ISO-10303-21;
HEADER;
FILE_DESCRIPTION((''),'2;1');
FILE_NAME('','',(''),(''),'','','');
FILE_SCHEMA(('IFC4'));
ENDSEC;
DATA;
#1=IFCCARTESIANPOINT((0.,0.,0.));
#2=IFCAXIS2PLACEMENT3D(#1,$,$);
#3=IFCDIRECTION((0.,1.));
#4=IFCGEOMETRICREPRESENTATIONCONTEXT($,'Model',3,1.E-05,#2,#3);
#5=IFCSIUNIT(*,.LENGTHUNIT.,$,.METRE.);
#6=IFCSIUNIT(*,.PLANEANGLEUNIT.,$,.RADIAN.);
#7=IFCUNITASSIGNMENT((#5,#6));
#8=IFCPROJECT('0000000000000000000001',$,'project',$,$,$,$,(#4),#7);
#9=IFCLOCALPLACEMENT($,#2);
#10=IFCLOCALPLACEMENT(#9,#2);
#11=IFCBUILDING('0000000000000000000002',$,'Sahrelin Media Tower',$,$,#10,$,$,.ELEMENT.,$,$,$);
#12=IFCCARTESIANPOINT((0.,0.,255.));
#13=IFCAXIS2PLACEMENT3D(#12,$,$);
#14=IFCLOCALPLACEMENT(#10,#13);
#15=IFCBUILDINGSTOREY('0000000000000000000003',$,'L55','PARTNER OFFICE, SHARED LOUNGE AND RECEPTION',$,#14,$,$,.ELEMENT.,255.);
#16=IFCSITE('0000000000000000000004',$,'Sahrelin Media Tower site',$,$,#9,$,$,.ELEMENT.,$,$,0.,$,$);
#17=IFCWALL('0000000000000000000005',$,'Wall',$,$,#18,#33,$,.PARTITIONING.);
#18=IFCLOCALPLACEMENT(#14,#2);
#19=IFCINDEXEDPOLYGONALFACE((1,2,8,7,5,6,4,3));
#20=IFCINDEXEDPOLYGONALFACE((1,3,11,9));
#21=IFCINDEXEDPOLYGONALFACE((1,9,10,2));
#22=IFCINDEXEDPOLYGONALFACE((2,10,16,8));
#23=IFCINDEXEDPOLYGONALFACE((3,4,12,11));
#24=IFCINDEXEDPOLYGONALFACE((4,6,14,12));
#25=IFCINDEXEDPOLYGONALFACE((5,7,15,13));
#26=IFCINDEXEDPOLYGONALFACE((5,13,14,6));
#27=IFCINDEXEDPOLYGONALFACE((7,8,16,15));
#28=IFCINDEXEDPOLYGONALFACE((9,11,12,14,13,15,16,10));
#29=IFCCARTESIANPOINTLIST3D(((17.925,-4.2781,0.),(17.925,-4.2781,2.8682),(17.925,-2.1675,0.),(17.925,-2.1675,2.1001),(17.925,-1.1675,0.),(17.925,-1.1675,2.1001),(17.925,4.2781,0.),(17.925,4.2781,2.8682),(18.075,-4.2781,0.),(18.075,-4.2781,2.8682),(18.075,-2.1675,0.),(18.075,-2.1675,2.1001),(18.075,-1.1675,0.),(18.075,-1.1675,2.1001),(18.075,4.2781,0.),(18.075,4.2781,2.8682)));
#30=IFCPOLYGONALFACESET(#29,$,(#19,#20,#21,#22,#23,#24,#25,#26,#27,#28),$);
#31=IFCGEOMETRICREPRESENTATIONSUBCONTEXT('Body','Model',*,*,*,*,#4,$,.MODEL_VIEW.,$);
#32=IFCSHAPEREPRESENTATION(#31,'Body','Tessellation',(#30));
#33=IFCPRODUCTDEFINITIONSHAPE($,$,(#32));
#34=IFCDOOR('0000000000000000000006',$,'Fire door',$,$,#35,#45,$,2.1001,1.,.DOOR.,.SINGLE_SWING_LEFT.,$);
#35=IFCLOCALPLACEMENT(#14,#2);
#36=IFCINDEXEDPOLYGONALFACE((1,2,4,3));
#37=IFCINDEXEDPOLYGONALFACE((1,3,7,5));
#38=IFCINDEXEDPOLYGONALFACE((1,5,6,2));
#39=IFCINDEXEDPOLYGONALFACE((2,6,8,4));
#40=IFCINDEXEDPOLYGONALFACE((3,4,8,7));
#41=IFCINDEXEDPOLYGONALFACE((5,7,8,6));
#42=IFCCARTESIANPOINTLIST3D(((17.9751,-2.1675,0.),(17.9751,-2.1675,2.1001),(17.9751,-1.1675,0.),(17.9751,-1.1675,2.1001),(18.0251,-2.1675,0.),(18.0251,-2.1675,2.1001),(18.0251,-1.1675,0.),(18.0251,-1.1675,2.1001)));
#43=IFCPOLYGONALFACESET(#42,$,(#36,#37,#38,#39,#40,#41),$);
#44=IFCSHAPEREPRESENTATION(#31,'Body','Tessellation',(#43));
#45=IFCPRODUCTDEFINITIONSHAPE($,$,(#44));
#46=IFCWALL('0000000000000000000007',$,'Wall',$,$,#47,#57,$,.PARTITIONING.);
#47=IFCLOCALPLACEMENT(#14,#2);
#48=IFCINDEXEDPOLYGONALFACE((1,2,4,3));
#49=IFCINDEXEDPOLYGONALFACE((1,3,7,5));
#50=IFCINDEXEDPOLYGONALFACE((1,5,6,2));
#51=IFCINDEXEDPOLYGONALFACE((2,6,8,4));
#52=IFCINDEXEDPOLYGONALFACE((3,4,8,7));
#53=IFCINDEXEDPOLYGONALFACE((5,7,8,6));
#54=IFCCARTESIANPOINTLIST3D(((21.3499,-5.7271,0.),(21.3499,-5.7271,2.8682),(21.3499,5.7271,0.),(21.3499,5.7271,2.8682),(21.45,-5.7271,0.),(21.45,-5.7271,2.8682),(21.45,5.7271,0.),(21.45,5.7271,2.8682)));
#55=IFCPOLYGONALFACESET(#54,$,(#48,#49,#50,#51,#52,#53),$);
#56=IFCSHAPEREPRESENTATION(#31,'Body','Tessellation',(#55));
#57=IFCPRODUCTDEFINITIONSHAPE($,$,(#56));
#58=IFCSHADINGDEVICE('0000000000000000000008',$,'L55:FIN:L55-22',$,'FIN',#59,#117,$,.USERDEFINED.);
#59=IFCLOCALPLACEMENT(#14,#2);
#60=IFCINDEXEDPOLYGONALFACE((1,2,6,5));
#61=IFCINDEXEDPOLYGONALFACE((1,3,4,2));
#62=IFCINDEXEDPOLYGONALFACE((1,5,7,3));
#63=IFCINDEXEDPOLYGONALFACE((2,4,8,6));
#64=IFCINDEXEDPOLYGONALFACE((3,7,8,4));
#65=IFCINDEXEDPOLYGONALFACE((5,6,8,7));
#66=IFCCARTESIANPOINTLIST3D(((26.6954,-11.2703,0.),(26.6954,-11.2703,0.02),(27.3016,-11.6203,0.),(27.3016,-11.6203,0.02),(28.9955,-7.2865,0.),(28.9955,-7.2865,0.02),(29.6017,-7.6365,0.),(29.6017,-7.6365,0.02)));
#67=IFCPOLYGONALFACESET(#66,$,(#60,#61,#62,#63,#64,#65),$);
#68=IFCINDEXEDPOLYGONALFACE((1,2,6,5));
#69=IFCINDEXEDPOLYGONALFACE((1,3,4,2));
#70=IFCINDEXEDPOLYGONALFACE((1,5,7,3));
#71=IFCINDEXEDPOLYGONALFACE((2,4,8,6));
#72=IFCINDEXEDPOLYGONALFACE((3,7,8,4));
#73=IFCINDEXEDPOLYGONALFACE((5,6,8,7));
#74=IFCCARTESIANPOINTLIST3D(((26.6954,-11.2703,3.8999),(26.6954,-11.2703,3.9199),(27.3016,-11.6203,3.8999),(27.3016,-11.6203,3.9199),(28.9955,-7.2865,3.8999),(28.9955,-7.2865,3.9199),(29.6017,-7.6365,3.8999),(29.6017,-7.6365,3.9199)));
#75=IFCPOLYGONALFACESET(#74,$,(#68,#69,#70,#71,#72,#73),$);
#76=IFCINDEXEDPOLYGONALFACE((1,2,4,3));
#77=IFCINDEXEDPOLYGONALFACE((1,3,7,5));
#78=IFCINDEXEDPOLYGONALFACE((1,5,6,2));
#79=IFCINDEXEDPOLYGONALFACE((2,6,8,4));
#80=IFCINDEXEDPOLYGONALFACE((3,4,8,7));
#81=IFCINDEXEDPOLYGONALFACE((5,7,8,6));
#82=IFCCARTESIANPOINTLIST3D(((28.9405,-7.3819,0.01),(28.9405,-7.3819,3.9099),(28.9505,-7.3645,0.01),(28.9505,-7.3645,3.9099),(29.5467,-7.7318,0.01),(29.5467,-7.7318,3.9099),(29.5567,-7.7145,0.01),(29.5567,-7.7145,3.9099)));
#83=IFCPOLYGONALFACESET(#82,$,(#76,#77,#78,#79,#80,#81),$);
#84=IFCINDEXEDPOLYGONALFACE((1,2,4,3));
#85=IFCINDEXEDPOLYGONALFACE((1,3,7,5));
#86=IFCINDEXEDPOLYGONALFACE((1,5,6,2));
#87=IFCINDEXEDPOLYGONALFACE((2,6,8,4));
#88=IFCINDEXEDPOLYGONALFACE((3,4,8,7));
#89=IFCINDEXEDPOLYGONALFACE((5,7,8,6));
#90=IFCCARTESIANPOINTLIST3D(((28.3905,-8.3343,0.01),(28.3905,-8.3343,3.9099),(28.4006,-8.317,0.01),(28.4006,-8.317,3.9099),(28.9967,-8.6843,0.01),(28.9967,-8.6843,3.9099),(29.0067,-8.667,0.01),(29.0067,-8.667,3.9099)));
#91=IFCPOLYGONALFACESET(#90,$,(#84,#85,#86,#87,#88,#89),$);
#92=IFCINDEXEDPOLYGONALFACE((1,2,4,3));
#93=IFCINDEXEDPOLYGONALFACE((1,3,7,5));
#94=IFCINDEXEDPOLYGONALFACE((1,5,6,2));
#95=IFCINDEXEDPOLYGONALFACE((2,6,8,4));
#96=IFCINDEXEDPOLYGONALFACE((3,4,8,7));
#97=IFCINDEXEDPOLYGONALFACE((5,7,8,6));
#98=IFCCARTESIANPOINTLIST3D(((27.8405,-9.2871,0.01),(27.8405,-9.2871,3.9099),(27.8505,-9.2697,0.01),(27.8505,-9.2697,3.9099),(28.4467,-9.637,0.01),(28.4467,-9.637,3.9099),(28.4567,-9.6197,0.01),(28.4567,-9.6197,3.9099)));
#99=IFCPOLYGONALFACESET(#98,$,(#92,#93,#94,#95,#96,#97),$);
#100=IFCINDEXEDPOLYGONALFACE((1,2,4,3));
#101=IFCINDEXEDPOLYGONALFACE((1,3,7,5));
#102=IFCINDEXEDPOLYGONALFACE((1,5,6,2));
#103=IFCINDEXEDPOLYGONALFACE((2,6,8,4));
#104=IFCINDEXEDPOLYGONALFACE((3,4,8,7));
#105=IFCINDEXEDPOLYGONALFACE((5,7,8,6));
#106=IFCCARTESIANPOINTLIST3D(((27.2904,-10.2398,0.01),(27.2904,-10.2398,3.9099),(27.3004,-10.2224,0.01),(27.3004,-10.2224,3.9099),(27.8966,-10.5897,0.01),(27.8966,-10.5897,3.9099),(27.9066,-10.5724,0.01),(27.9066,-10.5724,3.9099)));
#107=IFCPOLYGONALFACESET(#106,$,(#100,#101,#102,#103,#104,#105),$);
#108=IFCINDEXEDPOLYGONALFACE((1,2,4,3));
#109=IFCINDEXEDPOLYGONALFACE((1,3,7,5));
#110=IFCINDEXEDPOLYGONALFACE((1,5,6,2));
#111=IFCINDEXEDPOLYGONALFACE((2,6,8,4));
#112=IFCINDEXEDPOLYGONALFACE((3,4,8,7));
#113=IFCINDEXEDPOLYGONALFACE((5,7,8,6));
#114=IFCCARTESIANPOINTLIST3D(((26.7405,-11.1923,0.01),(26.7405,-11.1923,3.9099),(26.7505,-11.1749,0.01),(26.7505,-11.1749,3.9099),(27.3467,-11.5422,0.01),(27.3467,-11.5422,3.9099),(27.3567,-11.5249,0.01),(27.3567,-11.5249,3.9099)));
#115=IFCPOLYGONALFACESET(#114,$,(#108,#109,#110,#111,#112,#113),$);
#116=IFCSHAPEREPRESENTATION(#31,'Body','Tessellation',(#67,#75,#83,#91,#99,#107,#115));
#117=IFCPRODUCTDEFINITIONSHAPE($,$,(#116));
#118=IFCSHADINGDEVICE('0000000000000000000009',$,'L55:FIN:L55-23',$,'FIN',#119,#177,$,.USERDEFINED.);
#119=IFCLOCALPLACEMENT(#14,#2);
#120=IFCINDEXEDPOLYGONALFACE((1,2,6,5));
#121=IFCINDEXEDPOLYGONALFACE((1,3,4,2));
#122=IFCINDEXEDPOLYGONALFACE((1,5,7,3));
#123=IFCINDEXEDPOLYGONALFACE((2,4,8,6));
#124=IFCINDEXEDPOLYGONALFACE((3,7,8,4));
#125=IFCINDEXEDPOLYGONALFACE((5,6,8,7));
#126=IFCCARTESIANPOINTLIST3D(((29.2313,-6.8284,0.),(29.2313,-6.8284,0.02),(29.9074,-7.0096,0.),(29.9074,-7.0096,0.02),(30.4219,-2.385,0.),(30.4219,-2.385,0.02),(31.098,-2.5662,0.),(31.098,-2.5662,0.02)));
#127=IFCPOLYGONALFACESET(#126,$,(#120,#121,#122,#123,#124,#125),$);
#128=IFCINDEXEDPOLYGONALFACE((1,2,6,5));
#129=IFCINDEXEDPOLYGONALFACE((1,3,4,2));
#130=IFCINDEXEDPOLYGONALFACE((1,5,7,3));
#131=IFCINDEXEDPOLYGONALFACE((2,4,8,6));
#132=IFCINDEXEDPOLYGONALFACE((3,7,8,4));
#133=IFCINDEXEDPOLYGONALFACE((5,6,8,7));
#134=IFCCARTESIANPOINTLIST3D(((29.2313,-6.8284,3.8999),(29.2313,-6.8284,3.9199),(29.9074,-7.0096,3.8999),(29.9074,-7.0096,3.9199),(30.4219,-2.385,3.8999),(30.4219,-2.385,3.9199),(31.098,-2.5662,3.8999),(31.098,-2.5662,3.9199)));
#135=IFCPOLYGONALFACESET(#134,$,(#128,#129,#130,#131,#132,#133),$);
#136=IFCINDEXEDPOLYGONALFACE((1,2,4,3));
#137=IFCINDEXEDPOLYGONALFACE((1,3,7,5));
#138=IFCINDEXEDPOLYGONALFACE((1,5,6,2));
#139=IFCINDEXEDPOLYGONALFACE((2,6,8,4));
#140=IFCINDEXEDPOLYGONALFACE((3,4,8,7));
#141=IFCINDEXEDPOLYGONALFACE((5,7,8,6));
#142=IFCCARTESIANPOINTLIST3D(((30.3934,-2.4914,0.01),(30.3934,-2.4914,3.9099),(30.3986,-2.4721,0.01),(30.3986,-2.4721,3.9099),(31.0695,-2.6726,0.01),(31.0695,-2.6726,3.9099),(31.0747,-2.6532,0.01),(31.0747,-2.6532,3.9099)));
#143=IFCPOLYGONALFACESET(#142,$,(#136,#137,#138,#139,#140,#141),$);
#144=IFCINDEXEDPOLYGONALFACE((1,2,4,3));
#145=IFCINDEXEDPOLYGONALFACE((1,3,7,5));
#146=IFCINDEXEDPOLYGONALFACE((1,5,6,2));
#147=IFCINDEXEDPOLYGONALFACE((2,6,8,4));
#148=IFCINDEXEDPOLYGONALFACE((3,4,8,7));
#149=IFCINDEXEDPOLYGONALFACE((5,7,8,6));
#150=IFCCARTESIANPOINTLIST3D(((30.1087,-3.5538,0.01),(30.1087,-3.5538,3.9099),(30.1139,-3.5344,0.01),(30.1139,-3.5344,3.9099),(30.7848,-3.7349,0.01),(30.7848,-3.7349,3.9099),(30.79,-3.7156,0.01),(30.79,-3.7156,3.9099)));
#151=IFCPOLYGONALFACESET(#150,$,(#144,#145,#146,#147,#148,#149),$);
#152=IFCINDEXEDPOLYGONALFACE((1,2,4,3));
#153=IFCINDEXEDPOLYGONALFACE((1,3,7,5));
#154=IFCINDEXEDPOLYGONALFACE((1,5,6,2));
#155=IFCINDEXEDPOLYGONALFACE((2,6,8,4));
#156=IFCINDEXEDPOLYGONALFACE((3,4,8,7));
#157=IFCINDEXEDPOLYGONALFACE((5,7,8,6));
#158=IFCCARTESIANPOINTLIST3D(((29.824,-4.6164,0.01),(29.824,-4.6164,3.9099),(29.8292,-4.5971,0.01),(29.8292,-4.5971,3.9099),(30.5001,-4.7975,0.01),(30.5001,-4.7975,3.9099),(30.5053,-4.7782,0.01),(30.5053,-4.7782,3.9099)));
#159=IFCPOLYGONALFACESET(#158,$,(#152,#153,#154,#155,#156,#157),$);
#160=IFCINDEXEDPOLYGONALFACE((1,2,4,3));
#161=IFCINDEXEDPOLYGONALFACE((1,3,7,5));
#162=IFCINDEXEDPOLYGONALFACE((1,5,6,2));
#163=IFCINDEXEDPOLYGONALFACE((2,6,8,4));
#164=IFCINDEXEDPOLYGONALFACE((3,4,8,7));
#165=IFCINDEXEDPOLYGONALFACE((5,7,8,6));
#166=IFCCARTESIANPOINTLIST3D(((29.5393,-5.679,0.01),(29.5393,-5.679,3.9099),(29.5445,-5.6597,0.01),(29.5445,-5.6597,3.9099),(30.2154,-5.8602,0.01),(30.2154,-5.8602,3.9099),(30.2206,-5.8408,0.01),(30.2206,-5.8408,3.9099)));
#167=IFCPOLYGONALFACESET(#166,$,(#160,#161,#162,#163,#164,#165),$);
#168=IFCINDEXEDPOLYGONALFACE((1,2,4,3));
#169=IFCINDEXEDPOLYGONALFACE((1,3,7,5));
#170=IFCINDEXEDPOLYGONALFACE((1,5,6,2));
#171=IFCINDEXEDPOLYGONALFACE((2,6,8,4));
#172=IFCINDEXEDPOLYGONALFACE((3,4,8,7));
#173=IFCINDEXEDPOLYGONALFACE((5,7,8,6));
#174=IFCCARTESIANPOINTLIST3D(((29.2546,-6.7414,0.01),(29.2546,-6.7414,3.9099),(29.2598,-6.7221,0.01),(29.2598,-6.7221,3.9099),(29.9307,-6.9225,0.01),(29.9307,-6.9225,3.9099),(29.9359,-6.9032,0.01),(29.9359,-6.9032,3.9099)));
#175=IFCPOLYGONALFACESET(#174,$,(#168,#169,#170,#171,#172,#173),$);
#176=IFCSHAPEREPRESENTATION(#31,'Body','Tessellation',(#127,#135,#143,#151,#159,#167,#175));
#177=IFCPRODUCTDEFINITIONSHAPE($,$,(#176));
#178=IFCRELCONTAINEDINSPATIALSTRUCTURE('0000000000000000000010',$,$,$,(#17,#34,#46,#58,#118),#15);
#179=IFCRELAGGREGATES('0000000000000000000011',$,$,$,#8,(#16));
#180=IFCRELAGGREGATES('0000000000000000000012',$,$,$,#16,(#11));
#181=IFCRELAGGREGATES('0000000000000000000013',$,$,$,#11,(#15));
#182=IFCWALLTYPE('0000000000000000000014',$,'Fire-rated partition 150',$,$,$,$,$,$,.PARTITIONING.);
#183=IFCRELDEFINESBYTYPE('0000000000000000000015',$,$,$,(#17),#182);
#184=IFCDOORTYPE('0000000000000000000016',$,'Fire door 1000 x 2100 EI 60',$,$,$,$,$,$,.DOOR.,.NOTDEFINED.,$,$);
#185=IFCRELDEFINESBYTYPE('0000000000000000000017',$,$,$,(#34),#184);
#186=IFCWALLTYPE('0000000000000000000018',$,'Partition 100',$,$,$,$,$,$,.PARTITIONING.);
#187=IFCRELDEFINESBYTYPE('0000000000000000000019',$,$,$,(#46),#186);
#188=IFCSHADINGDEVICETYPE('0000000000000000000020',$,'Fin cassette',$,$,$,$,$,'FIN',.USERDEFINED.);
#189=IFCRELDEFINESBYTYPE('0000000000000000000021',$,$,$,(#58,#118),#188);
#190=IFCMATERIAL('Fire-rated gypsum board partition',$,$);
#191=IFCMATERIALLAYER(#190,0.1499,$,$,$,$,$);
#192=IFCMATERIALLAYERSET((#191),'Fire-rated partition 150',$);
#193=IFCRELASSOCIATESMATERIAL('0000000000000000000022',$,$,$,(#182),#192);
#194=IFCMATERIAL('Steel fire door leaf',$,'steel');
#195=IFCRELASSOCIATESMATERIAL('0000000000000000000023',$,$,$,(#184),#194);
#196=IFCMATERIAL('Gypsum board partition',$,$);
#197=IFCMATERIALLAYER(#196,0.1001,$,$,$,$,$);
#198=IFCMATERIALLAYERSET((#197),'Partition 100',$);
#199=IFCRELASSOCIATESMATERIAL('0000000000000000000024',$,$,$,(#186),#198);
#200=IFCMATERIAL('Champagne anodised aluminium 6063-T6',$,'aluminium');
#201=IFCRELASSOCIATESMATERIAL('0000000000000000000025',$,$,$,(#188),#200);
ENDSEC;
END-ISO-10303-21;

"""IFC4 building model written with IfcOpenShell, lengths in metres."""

from ifc_helpers import new_model, si_unit, direction, frame, frame_2d, origin, origin_2d, place, context, subcontext, project, spatial, rectangle, extrude, material, layer, layer_set, type_object, element, fill, save


model = new_model("IFC4")

# Units and contexts
model_context = context("Model", 3, precision=1e-05, world=origin(), true_north=direction((0.0, 1.0)))
body_context = subcontext(model_context, "Body", "Model", "MODEL_VIEW")
ifc_project = project(units=[si_unit("LENGTHUNIT", "METRE"), si_unit("PLANEANGLEUNIT", "RADIAN")], contexts=[model_context])

# Site, building, storey
site_placement = place(None, origin())
site = spatial("IfcSite", under=ifc_project, at=site_placement, Name="Sahrelin Media Tower site", CompositionType="ELEMENT", RefElevation=0.0)
building_placement = place(site_placement, origin())
building = spatial("IfcBuilding", under=site, at=building_placement, Name="Sahrelin Media Tower", CompositionType="ELEMENT")
storey_placement = place(building_placement, frame((0.0, 0.0, 255.0)))
storey = spatial("IfcBuildingStorey", under=building, at=storey_placement, Name="L55", Description="PARTNER OFFICE, SHARED LOUNGE AND RECEPTION", CompositionType="ELEMENT", Elevation=255.0)

# Shared definitions
ifc_material_1 = material(Name="Champagne anodised aluminium 6063-T6", Category="aluminium")

# Shared definitions
ifc_material_2 = material(Name="Fire-rated gypsum board partition")
ifc_layer_1 = layer(ifc_material_2, 0.1499)
ifc_layer_set_1 = layer_set([ifc_layer_1], Name="Fire-rated partition 150")
wall_type_1 = type_object("IfcWallType", Name="Fire-rated partition 150", PredefinedType="PARTITIONING", material=ifc_layer_set_1)

# Wall, opening, door
ifc_material_3 = material(Name="Steel fire door leaf", Category="steel")
door_type = type_object("IfcDoorType", Name="Fire door 1000 x 2100 EI 60", OperationType="NOTDEFINED", PredefinedType="DOOR", material=ifc_material_3)
wall_1_placement = place(storey_placement, frame((18.0, -4.2781, 0.0), z_axis=(0.0, 0.0, 1.0), x_axis=(0.0, 1.0, 0.0)))
wall_1 = element("IfcWall", 1, at=wall_1_placement, inside=storey, type_object=wall_type_1, Name="Wall", PredefinedType="PARTITIONING", context=body_context, shape_type="SweptSolid", body=[
    extrude(rectangle(XDim=8.5562, YDim=0.1499, at=frame_2d((4.2781, 0.0))), origin(), (0.0, 0.0, 1.0), 2.8682),
])
opening_1_placement = place(wall_1_placement, frame((2.1106, 0.0, 0.0)))
opening_1 = element("IfcOpeningElement", 2, at=opening_1_placement, cuts=wall_1, PredefinedType="OPENING", context=body_context, shape_type="SweptSolid", body=[
    extrude(rectangle(XDim=1.0, YDim=2.1001, at=frame_2d((0.5, 1.05))), frame((0.0, 0.075, 0.0), z_axis=(0.0, -1.0, 0.0), x_axis=(1.0, 0.0, 0.0)), (0.0, 0.0, 1.0), 0.1499),
])
door_1_placement = place(opening_1_placement, origin())
door_1 = element("IfcDoor", 3, at=door_1_placement, inside=storey, type_object=door_type, Name="Fire door", OperationType="SINGLE_SWING_LEFT", OverallHeight=2.1001, OverallWidth=1.0, PredefinedType="DOOR", context=body_context, shape_type="SweptSolid", body=[
    extrude(rectangle(XDim=1.0, YDim=2.1001, at=frame_2d((0.5, 1.05))), frame((0.0, 0.0249, 0.0), z_axis=(0.0, -1.0, 0.0), x_axis=(1.0, 0.0, 0.0)), (0.0, 0.0, 1.0), 0.05),
])
fill(opening_1, door_1)

# Wall
ifc_material_4 = material(Name="Gypsum board partition")
ifc_layer_2 = layer(ifc_material_4, 0.1001)
ifc_layer_set_2 = layer_set([ifc_layer_2], Name="Partition 100")
wall_type_2 = type_object("IfcWallType", Name="Partition 100", PredefinedType="PARTITIONING", material=ifc_layer_set_2)
wall_2_placement = place(storey_placement, frame((21.3999, -5.7271, 0.0), z_axis=(0.0, 0.0, 1.0), x_axis=(0.0, 1.0, 0.0)))
element("IfcWall", 4, at=wall_2_placement, inside=storey, type_object=wall_type_2, Name="Wall", PredefinedType="PARTITIONING", context=body_context, shape_type="SweptSolid", body=[
    extrude(rectangle(XDim=11.4541, YDim=0.1001, at=frame_2d((5.7271, 0.0))), origin(), (0.0, 0.0, 1.0), 2.8682),
])

# Shading devices
shading_device_type_1 = type_object("IfcShadingDeviceType", Name="Fin cassette", ElementType="FIN", PredefinedType="USERDEFINED", material=ifc_material_1)
placement_1 = place(storey_placement, frame((27.7849, -9.2434, 0.0), z_axis=(0.0, 0.0, 1.0), x_axis=(-0.500011, -0.866019, 0.0)))
element("IfcShadingDevice", 5, at=placement_1, inside=storey, type_object=shading_device_type_1, Name="L55:FIN:L55-22", ObjectType="FIN", PredefinedType="USERDEFINED", context=body_context, shape_type="SweptSolid", body=[
    extrude(rectangle(XDim=4.6001, YDim=0.7, at=origin_2d()), frame((0.0, 0.4199, 0.0)), (0.0, 0.0, 1.0), 0.02),
    extrude(rectangle(XDim=4.6001, YDim=0.7, at=origin_2d()), frame((0.0, 0.4199, 3.8999)), (0.0, 0.0, 1.0), 0.02),
    extrude(rectangle(XDim=0.02, YDim=0.7, at=origin_2d()), frame((-2.2, 0.4199, 0.01), z_axis=(0.0, 0.0, 1.0), x_axis=(1.0, 0.0, 0.0)), (0.0, 0.0, 1.0), 3.8999),
    extrude(rectangle(XDim=0.02, YDim=0.7, at=origin_2d()), frame((-1.1001, 0.4199, 0.01), z_axis=(0.0, 0.0, 1.0), x_axis=(1.0, 0.0, 0.0)), (0.0, 0.0, 1.0), 3.8999),
    extrude(rectangle(XDim=0.02, YDim=0.7, at=origin_2d()), frame((0.0, 0.4199, 0.01), z_axis=(0.0, 0.0, 1.0), x_axis=(1.0, 0.0, 0.0)), (0.0, 0.0, 1.0), 3.8999),
    extrude(rectangle(XDim=0.02, YDim=0.7, at=origin_2d()), frame((1.1001, 0.4199, 0.01), z_axis=(0.0, 0.0, 1.0), x_axis=(1.0, 0.0, 0.0)), (0.0, 0.0, 1.0), 3.8999),
    extrude(rectangle(XDim=0.02, YDim=0.7, at=origin_2d()), frame((2.2, 0.4199, 0.01), z_axis=(0.0, 0.0, 1.0), x_axis=(1.0, 0.0, 0.0)), (0.0, 0.0, 1.0), 3.8999),
])
placement_2 = place(storey_placement, frame((29.759, -4.5886, 0.0), z_axis=(0.0, 0.0, 1.0), x_axis=(-0.258808, -0.965929, 0.0)))
element("IfcShadingDevice", 6, at=placement_2, inside=storey, type_object=shading_device_type_1, Name="L55:FIN:L55-23", ObjectType="FIN", PredefinedType="USERDEFINED", context=body_context, shape_type="SweptSolid", body=[
    extrude(rectangle(XDim=4.6001, YDim=0.7, at=origin_2d()), frame((0.0, 0.4199, 0.0)), (0.0, 0.0, 1.0), 0.02),
    extrude(rectangle(XDim=4.6001, YDim=0.7, at=origin_2d()), frame((0.0, 0.4199, 3.8999)), (0.0, 0.0, 1.0), 0.02),
    extrude(rectangle(XDim=0.02, YDim=0.7, at=origin_2d()), frame((-2.2, 0.4199, 0.01), z_axis=(0.0, 0.0, 1.0), x_axis=(1.0, 0.0, 0.0)), (0.0, 0.0, 1.0), 3.8999),
    extrude(rectangle(XDim=0.02, YDim=0.7, at=origin_2d()), frame((-1.1001, 0.4199, 0.01), z_axis=(0.0, 0.0, 1.0), x_axis=(1.0, 0.0, 0.0)), (0.0, 0.0, 1.0), 3.8999),
    extrude(rectangle(XDim=0.02, YDim=0.7, at=origin_2d()), frame((0.0, 0.4199, 0.01), z_axis=(0.0, 0.0, 1.0), x_axis=(1.0, 0.0, 0.0)), (0.0, 0.0, 1.0), 3.8999),
    extrude(rectangle(XDim=0.02, YDim=0.7, at=origin_2d()), frame((1.1001, 0.4199, 0.01), z_axis=(0.0, 0.0, 1.0), x_axis=(1.0, 0.0, 0.0)), (0.0, 0.0, 1.0), 3.8999),
    extrude(rectangle(XDim=0.02, YDim=0.7, at=origin_2d()), frame((2.2, 0.4199, 0.01), z_axis=(0.0, 0.0, 1.0), x_axis=(1.0, 0.0, 0.0)), (0.0, 0.0, 1.0), 3.8999),
])

save(model, "model.ifc")
